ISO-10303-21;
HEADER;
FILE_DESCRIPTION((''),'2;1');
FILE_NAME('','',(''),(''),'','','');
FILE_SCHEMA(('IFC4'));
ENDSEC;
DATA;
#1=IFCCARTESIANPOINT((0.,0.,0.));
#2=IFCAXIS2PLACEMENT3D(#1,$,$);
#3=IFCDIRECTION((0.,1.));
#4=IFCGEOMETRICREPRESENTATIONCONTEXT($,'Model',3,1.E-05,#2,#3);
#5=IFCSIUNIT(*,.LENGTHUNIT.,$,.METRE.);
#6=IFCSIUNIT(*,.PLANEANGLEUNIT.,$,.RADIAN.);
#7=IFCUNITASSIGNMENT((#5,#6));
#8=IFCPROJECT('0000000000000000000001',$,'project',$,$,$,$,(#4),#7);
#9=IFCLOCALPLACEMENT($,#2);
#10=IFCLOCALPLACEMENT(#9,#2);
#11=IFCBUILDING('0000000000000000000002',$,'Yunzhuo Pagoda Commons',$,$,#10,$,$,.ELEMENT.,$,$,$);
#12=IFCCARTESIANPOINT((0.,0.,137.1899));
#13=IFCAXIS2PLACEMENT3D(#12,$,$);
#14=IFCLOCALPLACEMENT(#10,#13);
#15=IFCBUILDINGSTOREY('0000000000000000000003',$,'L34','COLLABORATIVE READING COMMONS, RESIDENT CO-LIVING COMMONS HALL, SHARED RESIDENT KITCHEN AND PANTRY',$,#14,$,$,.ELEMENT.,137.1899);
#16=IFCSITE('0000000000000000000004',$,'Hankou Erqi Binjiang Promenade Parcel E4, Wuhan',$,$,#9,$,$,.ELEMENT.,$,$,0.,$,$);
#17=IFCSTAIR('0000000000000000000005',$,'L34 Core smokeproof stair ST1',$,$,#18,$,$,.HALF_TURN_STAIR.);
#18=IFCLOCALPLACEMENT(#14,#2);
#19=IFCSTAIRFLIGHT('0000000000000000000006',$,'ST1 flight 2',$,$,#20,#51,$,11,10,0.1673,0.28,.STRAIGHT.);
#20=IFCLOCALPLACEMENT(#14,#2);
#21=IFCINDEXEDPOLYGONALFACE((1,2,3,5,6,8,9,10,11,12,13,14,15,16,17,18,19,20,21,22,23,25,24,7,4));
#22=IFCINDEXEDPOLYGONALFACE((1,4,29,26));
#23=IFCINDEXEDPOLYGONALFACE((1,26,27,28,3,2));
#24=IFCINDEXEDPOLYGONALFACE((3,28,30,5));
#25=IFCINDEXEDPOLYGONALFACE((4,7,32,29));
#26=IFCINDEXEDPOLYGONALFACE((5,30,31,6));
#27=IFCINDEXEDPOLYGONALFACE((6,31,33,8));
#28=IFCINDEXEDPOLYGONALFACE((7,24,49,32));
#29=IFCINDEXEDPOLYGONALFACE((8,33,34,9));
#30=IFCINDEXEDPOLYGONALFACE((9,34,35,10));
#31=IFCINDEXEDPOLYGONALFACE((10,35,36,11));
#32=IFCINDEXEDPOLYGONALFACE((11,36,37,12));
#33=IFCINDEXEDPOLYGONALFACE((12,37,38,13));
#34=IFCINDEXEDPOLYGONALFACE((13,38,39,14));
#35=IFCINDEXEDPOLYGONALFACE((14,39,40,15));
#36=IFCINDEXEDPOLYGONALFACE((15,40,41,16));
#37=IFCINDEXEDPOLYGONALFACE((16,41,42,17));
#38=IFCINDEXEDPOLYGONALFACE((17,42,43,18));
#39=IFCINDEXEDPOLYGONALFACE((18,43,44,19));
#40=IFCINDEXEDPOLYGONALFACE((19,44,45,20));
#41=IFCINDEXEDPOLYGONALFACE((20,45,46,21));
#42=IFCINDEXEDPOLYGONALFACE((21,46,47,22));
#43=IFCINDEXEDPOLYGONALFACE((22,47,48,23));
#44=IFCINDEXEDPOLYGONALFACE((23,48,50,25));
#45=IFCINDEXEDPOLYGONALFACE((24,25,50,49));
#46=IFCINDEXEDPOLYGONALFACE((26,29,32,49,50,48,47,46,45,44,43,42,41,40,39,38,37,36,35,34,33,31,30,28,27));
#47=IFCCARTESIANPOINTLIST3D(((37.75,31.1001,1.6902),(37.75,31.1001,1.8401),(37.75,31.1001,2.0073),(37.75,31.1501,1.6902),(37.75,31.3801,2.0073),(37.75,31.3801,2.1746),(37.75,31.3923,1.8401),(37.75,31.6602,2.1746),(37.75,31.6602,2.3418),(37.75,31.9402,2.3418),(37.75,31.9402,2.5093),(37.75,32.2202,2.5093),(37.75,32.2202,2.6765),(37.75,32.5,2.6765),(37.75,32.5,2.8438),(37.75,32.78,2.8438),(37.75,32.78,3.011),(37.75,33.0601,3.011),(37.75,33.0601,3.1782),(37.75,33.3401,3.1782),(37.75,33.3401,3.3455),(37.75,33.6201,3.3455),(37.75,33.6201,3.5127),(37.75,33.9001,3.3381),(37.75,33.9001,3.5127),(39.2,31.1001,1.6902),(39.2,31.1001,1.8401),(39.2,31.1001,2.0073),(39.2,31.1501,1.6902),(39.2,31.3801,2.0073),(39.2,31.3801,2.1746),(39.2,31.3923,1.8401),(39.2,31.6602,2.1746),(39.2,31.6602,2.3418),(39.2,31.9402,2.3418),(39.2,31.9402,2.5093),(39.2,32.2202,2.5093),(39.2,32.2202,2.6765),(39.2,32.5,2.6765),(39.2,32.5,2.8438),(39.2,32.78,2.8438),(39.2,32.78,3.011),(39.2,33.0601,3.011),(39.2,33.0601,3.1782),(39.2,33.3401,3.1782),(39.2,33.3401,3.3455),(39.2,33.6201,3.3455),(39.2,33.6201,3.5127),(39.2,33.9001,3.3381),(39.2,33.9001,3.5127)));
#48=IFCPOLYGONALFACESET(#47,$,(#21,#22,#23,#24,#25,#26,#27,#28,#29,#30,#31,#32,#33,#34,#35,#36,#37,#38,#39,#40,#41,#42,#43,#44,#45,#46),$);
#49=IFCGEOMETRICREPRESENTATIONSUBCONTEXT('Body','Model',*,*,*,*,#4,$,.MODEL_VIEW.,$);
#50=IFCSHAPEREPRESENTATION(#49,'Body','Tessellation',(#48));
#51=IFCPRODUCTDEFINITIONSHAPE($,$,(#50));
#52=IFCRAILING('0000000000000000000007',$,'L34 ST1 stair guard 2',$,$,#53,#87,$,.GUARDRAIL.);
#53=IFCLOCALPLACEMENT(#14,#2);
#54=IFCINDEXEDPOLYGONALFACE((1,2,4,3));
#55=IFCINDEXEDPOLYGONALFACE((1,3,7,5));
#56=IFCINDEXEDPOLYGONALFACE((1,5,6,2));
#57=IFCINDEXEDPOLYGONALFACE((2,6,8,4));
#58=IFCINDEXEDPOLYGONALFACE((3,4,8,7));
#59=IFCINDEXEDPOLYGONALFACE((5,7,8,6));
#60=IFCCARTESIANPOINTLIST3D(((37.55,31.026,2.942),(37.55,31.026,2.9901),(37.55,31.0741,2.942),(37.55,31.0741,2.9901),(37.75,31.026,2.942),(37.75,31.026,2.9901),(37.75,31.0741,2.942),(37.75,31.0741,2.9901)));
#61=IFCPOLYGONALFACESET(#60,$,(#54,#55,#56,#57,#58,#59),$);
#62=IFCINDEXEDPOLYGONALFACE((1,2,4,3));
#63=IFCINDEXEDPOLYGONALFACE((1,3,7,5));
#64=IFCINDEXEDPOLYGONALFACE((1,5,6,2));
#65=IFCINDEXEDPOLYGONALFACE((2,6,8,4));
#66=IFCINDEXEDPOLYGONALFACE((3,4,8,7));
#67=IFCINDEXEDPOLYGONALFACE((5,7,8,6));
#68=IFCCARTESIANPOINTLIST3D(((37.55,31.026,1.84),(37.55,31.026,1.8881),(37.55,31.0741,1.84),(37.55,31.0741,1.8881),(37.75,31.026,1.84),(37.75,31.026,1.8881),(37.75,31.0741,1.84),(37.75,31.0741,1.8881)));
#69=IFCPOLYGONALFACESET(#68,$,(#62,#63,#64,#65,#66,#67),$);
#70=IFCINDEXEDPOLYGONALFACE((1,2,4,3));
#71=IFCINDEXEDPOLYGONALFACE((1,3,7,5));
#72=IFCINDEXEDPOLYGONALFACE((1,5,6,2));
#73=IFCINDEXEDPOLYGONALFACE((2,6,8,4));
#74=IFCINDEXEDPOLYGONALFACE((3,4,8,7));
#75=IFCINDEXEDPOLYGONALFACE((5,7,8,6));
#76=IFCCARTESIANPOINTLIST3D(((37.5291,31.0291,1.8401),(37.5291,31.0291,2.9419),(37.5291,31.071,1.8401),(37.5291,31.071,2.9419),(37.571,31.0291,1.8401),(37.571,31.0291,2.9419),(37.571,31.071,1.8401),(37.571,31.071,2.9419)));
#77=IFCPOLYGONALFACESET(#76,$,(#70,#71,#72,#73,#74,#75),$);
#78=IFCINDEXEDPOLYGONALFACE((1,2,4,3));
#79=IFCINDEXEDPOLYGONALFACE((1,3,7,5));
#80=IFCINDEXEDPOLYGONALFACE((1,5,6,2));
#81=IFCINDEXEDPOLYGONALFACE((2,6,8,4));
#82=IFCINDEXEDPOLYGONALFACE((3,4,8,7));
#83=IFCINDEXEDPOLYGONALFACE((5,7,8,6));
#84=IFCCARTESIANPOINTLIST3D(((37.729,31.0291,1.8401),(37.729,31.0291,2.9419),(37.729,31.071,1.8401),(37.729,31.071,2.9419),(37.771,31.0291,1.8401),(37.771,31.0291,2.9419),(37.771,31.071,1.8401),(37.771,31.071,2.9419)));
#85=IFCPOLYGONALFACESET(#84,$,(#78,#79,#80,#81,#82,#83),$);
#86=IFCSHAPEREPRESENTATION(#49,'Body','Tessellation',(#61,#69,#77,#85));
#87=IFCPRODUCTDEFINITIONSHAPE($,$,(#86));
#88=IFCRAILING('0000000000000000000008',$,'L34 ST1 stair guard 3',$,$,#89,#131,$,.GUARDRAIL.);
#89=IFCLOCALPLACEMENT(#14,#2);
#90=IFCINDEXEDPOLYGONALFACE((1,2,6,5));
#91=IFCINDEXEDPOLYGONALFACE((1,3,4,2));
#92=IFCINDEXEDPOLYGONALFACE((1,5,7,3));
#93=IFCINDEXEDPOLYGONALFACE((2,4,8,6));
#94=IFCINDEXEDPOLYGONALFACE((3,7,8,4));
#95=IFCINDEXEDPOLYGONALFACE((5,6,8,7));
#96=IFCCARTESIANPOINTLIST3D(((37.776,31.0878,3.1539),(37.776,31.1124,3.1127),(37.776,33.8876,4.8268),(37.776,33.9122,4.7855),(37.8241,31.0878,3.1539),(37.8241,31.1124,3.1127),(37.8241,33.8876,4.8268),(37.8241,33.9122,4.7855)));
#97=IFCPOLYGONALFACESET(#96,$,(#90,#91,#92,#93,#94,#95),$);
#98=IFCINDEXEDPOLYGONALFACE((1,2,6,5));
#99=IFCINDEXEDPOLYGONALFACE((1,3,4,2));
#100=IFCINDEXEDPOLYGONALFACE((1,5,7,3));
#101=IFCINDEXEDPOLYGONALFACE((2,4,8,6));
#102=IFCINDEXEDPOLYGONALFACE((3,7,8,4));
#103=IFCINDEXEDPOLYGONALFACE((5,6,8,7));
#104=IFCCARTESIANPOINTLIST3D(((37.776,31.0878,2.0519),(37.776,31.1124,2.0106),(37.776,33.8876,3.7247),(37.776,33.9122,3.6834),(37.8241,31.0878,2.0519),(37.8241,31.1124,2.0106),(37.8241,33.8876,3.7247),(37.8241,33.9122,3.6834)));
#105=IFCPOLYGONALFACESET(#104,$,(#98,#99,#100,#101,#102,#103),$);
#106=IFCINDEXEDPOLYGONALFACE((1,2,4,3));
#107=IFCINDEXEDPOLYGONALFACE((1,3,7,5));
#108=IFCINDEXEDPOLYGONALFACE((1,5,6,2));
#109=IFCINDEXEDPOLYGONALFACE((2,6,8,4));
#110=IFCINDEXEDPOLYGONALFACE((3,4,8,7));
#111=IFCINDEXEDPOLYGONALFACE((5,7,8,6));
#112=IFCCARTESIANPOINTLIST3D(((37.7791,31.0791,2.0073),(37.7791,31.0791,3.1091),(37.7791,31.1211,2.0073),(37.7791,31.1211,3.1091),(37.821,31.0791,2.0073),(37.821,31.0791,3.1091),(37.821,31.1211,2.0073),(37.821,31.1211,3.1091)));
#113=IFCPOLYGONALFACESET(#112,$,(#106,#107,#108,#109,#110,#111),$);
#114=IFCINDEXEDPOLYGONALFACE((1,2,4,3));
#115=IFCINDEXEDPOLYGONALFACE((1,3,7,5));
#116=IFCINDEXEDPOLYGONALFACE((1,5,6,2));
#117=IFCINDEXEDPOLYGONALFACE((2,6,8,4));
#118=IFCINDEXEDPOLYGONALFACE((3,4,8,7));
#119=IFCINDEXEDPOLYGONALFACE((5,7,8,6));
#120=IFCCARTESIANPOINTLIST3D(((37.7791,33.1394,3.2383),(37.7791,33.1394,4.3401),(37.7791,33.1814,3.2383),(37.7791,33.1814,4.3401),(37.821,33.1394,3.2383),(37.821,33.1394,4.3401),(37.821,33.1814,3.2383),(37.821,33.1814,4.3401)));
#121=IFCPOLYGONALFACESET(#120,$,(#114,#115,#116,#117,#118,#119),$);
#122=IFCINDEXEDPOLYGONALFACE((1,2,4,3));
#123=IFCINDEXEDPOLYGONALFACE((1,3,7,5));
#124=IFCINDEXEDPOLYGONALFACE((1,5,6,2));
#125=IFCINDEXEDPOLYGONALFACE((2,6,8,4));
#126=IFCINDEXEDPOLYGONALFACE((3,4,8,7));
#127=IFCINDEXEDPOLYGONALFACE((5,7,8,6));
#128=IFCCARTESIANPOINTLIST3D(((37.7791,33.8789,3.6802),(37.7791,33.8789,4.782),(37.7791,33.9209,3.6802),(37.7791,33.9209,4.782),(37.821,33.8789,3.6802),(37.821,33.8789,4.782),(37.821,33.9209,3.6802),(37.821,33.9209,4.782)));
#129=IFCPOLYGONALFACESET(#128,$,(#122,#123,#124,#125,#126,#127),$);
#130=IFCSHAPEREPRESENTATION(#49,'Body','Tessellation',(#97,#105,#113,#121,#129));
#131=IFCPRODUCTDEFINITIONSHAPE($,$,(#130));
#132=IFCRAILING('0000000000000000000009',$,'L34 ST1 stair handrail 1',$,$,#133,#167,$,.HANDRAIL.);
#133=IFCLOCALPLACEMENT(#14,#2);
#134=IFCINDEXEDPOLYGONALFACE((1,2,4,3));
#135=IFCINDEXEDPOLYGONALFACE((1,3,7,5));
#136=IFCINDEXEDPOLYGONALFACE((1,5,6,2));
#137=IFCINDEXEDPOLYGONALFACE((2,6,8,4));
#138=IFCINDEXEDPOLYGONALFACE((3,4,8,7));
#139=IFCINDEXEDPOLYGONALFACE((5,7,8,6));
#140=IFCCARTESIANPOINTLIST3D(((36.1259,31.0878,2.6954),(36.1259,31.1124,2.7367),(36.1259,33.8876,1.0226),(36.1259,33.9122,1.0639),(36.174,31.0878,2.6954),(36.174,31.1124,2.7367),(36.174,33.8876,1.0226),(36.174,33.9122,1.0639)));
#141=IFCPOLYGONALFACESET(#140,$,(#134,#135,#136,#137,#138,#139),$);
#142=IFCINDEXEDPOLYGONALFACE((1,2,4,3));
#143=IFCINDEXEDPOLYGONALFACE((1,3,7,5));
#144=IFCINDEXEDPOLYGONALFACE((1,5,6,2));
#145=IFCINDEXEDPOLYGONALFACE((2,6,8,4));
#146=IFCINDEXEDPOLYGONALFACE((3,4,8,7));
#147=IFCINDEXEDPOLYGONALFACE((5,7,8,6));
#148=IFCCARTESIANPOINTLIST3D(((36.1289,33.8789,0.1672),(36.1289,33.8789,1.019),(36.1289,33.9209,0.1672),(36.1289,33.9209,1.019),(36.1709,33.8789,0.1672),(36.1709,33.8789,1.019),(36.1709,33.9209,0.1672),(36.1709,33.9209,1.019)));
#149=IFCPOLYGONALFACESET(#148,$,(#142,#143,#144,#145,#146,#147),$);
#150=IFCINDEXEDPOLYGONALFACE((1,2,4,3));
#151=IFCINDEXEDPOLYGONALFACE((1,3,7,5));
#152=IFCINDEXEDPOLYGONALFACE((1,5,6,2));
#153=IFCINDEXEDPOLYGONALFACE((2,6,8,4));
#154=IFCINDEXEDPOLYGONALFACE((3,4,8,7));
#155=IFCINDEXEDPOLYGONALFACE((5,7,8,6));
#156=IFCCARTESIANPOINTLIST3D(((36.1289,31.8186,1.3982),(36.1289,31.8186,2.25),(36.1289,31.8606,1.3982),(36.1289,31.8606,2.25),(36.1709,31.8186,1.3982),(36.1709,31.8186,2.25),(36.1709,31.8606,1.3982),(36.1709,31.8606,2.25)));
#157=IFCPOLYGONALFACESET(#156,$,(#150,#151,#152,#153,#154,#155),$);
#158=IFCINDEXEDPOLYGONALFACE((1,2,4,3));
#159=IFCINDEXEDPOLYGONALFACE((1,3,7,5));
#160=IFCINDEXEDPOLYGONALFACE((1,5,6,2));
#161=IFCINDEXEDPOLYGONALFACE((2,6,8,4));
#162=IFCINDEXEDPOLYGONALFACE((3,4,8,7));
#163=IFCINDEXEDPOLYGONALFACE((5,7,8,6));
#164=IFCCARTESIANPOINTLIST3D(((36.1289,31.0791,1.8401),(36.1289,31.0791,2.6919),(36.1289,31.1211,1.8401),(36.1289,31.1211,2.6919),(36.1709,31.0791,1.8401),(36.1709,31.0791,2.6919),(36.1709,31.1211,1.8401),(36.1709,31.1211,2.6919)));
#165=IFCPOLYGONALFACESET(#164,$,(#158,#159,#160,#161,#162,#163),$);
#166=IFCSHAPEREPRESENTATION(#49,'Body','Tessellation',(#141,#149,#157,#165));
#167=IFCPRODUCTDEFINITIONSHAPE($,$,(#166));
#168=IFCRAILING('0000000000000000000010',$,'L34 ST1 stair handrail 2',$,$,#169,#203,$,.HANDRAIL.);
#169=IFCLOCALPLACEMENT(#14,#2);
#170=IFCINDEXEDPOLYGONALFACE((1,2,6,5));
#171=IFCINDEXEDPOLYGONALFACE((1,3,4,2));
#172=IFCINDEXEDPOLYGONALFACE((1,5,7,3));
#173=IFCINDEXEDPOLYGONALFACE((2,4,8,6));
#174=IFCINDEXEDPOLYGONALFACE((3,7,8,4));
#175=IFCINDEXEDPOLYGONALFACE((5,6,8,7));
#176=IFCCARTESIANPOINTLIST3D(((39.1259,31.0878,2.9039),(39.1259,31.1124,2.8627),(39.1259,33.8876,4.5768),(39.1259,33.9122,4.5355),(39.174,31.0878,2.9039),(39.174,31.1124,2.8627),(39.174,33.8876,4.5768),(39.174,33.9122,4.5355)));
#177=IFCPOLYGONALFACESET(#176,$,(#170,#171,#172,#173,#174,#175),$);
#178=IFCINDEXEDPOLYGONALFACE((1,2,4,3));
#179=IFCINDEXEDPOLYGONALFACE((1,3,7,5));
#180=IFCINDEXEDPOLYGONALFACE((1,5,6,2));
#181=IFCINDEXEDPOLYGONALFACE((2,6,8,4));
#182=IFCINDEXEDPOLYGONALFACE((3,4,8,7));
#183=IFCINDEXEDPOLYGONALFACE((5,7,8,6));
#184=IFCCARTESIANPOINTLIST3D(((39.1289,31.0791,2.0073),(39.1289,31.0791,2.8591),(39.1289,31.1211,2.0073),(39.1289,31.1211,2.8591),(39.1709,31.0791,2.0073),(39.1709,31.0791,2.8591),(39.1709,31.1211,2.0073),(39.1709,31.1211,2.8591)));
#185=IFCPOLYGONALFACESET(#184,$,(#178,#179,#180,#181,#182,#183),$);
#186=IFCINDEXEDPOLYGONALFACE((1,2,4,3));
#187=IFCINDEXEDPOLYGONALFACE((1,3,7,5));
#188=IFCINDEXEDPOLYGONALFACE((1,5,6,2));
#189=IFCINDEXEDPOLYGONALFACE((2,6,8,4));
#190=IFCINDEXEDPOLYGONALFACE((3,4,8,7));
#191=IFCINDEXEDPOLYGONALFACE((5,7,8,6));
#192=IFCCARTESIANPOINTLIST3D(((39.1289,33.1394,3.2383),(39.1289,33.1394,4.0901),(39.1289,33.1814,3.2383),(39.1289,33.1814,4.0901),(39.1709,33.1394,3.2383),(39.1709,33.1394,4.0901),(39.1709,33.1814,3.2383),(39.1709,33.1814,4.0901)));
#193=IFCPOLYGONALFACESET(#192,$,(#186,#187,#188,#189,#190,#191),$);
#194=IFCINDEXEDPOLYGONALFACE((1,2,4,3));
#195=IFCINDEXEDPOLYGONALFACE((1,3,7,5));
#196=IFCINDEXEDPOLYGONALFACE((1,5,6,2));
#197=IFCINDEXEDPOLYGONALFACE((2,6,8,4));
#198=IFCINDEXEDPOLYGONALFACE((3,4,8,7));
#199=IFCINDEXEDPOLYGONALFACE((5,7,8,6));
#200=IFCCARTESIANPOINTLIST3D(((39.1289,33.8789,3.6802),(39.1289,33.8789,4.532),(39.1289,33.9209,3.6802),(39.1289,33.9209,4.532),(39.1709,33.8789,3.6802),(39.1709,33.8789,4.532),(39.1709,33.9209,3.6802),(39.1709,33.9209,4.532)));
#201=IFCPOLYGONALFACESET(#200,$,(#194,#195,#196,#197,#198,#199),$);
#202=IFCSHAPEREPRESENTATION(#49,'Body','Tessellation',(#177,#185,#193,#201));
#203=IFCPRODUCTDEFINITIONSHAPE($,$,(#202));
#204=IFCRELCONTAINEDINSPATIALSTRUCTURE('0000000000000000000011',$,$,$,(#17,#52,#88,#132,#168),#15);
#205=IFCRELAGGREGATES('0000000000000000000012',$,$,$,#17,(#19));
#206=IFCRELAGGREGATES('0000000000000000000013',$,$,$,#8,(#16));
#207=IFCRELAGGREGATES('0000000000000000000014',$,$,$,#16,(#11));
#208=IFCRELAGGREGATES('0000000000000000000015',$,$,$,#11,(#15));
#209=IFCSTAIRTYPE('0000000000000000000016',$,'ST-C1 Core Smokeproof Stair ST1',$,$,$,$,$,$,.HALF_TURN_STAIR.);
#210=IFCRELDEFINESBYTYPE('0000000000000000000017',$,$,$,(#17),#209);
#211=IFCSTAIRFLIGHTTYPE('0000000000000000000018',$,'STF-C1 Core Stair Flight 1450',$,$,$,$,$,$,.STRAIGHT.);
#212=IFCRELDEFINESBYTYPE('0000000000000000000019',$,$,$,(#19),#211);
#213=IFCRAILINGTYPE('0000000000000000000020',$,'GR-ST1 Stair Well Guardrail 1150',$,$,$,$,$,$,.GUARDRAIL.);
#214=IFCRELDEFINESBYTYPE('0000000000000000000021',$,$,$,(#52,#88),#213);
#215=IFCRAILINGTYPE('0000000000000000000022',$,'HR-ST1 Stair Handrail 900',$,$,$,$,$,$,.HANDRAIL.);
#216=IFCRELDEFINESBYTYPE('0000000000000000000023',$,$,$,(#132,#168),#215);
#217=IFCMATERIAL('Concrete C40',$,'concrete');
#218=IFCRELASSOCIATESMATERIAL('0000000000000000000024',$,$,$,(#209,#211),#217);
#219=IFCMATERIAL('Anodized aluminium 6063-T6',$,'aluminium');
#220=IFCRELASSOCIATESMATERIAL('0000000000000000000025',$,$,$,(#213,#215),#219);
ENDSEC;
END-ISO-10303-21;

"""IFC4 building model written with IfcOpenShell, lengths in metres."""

from ifc_helpers import new_model, si_unit, direction, frame, origin, origin_2d, place, context, subcontext, project, spatial, polyline, rectangle, outline, extrude, source, transform, mapped, material, type_object, element, aggregate, save


model = new_model("IFC4")

# Units and contexts
model_context = context("Model", 3, precision=1e-05, world=origin(), true_north=direction((0.0, 1.0)))
body_context = subcontext(model_context, "Body", "Model", "MODEL_VIEW")
ifc_project = project(units=[si_unit("LENGTHUNIT", "METRE"), si_unit("PLANEANGLEUNIT", "RADIAN")], contexts=[model_context])

# Site, building, storey
site_placement = place(None, origin())
site = spatial("IfcSite", under=ifc_project, at=site_placement, Name="Hankou Erqi Binjiang Promenade Parcel E4, Wuhan", CompositionType="ELEMENT", RefElevation=0.0)
building_placement = place(site_placement, origin())
building = spatial("IfcBuilding", under=site, at=building_placement, Name="Yunzhuo Pagoda Commons", CompositionType="ELEMENT")
storey_placement = place(building_placement, frame((0.0, 0.0, 137.1899)))
storey = spatial("IfcBuildingStorey", under=building, at=storey_placement, Name="L34", Description="COLLABORATIVE READING COMMONS, RESIDENT CO-LIVING COMMONS HALL, SHARED RESIDENT KITCHEN AND PANTRY", CompositionType="ELEMENT", Elevation=137.1899)

# Shared definitions
ifc_material_1 = material(Name="Concrete C40", Category="concrete")

# Stair, stair flight
stair_type = type_object("IfcStairType", Name="ST-C1 Core Smokeproof Stair ST1", PredefinedType="HALF_TURN_STAIR", material=ifc_material_1)
stair_placement = place(storey_placement, origin())
stair = element("IfcStair", 1, at=stair_placement, inside=storey, type_object=stair_type, Name="L34 Core smokeproof stair ST1", PredefinedType="HALF_TURN_STAIR")
stair_flight_type = type_object("IfcStairFlightType", Name="STF-C1 Core Stair Flight 1450", PredefinedType="STRAIGHT", material=ifc_material_1)
shared_shape_1 = source(origin(), body_context, "Body", "SweptSolid", [
    extrude(outline(polyline([(0.0, -0.1499), (0.0, 0.0), (0.0, 0.1672), (0.28, 0.1672), (0.28, 0.3345), (0.5601, 0.3345), (0.5601, 0.5017), (0.8401, 0.5017), (0.8401, 0.6692), (1.1201, 0.6692), (1.1201, 0.8364), (1.3999, 0.8364), (1.3999, 1.0037), (1.6799, 1.0037), (1.6799, 1.1709), (1.96, 1.1709), (1.96, 1.3381), (2.24, 1.3381), (2.24, 1.5054), (2.52, 1.5054), (2.52, 1.6726), (2.8, 1.6726), (2.8, 1.8401), (2.8, 1.498), (0.2922, 0.0), (0.05, -0.1499), (0.0, -0.1499)])), frame((0.0, 0.7251, 0.0), z_axis=(0.0, -1.0, 0.0), x_axis=(1.0, 0.0, 0.0)), (0.0, 0.0, 1.0), 1.45),
])
stair_flight_1_placement = place(storey_placement, frame((38.4751, 31.1001, 1.8401), z_axis=(0.0, 0.0, 1.0), x_axis=(0.0, 1.0, 0.0)))
stair_flight_1 = element("IfcStairFlight", 2, at=stair_flight_1_placement, type_object=stair_flight_type, Name="ST1 flight 2", NumberOfRisers=11, NumberOfTreads=10, PredefinedType="STRAIGHT", RiserHeight=0.1673, TreadLength=0.28, context=body_context, shape_type="MappedRepresentation", body=[
    mapped(shared_shape_1, transform((0.0, 0.0, 0.0), scale=1.0)),
])
aggregate(stair, [stair_flight_1])

# Railings
ifc_material_2 = material(Name="Anodized aluminium 6063-T6", Category="aluminium")
railing_type_1 = type_object("IfcRailingType", Name="GR-ST1 Stair Well Guardrail 1150", PredefinedType="GUARDRAIL", material=ifc_material_2)
railing_1_placement = place(storey_placement, frame((37.55, 31.05, 1.8401)))
element("IfcRailing", 3, at=railing_1_placement, inside=storey, type_object=railing_type_1, Name="L34 ST1 stair guard 2", PredefinedType="GUARDRAIL", context=body_context, shape_type="SweptSolid", body=[
    extrude(rectangle(XDim=0.0481, YDim=0.0481, at=origin_2d()), frame((0.0, 0.0, 1.126), z_axis=(1.0, 0.0, 0.0), x_axis=(0.0, 1.0, 0.0)), (0.0, 0.0, 1.0), 0.2),
    extrude(rectangle(XDim=0.0481, YDim=0.0481, at=origin_2d()), frame((0.0, 0.0, 0.0239), z_axis=(1.0, 0.0, 0.0), x_axis=(0.0, 1.0, 0.0)), (0.0, 0.0, 1.0), 0.2),
    extrude(rectangle(XDim=0.042, YDim=0.042, at=origin_2d()), origin(), (0.0, 0.0, 1.0), 1.1018),
    extrude(rectangle(XDim=0.042, YDim=0.042, at=origin_2d()), frame((0.2, 0.0, 0.0)), (0.0, 0.0, 1.0), 1.1018),
])
railing_2_placement = place(storey_placement, frame((37.8, 31.1001, 2.0073)))
element("IfcRailing", 4, at=railing_2_placement, inside=storey, type_object=railing_type_1, Name="L34 ST1 stair guard 3", PredefinedType="GUARDRAIL", context=body_context, shape_type="SweptSolid", body=[
    extrude(rectangle(XDim=0.0481, YDim=0.0481, at=origin_2d()), frame((0.0, 0.0, 1.126), z_axis=(0.0, 0.858443, 0.51291), x_axis=(-1.0, 0.0, 0.0)), (0.0, 0.0, 1.0), 3.2615),
    extrude(rectangle(XDim=0.0481, YDim=0.0481, at=origin_2d()), frame((0.0, 0.0, 0.0239), z_axis=(0.0, 0.858443, 0.51291), x_axis=(-1.0, 0.0, 0.0)), (0.0, 0.0, 1.0), 3.2615),
    extrude(rectangle(XDim=0.042, YDim=0.042, at=origin_2d()), origin(), (0.0, 0.0, 1.0), 1.1018),
    extrude(rectangle(XDim=0.042, YDim=0.042, at=origin_2d()), frame((0.0, 2.0603, 1.231)), (0.0, 0.0, 1.0), 1.1018),
    extrude(rectangle(XDim=0.042, YDim=0.042, at=origin_2d()), frame((0.0, 2.7998, 1.6729)), (0.0, 0.0, 1.0), 1.1018),
])
railing_type_2 = type_object("IfcRailingType", Name="HR-ST1 Stair Handrail 900", PredefinedType="HANDRAIL", material=ifc_material_2)
railing_3_placement = place(storey_placement, frame((36.1499, 33.8999, 0.1672)))
element("IfcRailing", 5, at=railing_3_placement, inside=storey, type_object=railing_type_2, Name="L34 ST1 stair handrail 1", PredefinedType="HANDRAIL", context=body_context, shape_type="SweptSolid", body=[
    extrude(rectangle(XDim=0.0481, YDim=0.0481, at=origin_2d()), frame((0.0, 0.0, 0.876), z_axis=(0.0, -0.858443, 0.51291), x_axis=(1.0, 0.0, 0.0)), (0.0, 0.0, 1.0), 3.2615),
    extrude(rectangle(XDim=0.042, YDim=0.042, at=origin_2d()), origin(), (0.0, 0.0, 1.0), 0.8518),
    extrude(rectangle(XDim=0.042, YDim=0.042, at=origin_2d()), frame((0.0, -2.0603, 1.231)), (0.0, 0.0, 1.0), 0.8518),
    extrude(rectangle(XDim=0.042, YDim=0.042, at=origin_2d()), frame((0.0, -2.7998, 1.6729)), (0.0, 0.0, 1.0), 0.8518),
])
railing_4_placement = place(storey_placement, frame((39.1499, 31.1001, 2.0073)))
element("IfcRailing", 6, at=railing_4_placement, inside=storey, type_object=railing_type_2, Name="L34 ST1 stair handrail 2", PredefinedType="HANDRAIL", context=body_context, shape_type="SweptSolid", body=[
    extrude(rectangle(XDim=0.0481, YDim=0.0481, at=origin_2d()), frame((0.0, 0.0, 0.876), z_axis=(0.0, 0.858443, 0.51291), x_axis=(-1.0, 0.0, 0.0)), (0.0, 0.0, 1.0), 3.2615),
    extrude(rectangle(XDim=0.042, YDim=0.042, at=origin_2d()), origin(), (0.0, 0.0, 1.0), 0.8518),
    extrude(rectangle(XDim=0.042, YDim=0.042, at=origin_2d()), frame((0.0, 2.0603, 1.231)), (0.0, 0.0, 1.0), 0.8518),
    extrude(rectangle(XDim=0.042, YDim=0.042, at=origin_2d()), frame((0.0, 2.7998, 1.6729)), (0.0, 0.0, 1.0), 0.8518),
])

save(model, "model.ifc")
